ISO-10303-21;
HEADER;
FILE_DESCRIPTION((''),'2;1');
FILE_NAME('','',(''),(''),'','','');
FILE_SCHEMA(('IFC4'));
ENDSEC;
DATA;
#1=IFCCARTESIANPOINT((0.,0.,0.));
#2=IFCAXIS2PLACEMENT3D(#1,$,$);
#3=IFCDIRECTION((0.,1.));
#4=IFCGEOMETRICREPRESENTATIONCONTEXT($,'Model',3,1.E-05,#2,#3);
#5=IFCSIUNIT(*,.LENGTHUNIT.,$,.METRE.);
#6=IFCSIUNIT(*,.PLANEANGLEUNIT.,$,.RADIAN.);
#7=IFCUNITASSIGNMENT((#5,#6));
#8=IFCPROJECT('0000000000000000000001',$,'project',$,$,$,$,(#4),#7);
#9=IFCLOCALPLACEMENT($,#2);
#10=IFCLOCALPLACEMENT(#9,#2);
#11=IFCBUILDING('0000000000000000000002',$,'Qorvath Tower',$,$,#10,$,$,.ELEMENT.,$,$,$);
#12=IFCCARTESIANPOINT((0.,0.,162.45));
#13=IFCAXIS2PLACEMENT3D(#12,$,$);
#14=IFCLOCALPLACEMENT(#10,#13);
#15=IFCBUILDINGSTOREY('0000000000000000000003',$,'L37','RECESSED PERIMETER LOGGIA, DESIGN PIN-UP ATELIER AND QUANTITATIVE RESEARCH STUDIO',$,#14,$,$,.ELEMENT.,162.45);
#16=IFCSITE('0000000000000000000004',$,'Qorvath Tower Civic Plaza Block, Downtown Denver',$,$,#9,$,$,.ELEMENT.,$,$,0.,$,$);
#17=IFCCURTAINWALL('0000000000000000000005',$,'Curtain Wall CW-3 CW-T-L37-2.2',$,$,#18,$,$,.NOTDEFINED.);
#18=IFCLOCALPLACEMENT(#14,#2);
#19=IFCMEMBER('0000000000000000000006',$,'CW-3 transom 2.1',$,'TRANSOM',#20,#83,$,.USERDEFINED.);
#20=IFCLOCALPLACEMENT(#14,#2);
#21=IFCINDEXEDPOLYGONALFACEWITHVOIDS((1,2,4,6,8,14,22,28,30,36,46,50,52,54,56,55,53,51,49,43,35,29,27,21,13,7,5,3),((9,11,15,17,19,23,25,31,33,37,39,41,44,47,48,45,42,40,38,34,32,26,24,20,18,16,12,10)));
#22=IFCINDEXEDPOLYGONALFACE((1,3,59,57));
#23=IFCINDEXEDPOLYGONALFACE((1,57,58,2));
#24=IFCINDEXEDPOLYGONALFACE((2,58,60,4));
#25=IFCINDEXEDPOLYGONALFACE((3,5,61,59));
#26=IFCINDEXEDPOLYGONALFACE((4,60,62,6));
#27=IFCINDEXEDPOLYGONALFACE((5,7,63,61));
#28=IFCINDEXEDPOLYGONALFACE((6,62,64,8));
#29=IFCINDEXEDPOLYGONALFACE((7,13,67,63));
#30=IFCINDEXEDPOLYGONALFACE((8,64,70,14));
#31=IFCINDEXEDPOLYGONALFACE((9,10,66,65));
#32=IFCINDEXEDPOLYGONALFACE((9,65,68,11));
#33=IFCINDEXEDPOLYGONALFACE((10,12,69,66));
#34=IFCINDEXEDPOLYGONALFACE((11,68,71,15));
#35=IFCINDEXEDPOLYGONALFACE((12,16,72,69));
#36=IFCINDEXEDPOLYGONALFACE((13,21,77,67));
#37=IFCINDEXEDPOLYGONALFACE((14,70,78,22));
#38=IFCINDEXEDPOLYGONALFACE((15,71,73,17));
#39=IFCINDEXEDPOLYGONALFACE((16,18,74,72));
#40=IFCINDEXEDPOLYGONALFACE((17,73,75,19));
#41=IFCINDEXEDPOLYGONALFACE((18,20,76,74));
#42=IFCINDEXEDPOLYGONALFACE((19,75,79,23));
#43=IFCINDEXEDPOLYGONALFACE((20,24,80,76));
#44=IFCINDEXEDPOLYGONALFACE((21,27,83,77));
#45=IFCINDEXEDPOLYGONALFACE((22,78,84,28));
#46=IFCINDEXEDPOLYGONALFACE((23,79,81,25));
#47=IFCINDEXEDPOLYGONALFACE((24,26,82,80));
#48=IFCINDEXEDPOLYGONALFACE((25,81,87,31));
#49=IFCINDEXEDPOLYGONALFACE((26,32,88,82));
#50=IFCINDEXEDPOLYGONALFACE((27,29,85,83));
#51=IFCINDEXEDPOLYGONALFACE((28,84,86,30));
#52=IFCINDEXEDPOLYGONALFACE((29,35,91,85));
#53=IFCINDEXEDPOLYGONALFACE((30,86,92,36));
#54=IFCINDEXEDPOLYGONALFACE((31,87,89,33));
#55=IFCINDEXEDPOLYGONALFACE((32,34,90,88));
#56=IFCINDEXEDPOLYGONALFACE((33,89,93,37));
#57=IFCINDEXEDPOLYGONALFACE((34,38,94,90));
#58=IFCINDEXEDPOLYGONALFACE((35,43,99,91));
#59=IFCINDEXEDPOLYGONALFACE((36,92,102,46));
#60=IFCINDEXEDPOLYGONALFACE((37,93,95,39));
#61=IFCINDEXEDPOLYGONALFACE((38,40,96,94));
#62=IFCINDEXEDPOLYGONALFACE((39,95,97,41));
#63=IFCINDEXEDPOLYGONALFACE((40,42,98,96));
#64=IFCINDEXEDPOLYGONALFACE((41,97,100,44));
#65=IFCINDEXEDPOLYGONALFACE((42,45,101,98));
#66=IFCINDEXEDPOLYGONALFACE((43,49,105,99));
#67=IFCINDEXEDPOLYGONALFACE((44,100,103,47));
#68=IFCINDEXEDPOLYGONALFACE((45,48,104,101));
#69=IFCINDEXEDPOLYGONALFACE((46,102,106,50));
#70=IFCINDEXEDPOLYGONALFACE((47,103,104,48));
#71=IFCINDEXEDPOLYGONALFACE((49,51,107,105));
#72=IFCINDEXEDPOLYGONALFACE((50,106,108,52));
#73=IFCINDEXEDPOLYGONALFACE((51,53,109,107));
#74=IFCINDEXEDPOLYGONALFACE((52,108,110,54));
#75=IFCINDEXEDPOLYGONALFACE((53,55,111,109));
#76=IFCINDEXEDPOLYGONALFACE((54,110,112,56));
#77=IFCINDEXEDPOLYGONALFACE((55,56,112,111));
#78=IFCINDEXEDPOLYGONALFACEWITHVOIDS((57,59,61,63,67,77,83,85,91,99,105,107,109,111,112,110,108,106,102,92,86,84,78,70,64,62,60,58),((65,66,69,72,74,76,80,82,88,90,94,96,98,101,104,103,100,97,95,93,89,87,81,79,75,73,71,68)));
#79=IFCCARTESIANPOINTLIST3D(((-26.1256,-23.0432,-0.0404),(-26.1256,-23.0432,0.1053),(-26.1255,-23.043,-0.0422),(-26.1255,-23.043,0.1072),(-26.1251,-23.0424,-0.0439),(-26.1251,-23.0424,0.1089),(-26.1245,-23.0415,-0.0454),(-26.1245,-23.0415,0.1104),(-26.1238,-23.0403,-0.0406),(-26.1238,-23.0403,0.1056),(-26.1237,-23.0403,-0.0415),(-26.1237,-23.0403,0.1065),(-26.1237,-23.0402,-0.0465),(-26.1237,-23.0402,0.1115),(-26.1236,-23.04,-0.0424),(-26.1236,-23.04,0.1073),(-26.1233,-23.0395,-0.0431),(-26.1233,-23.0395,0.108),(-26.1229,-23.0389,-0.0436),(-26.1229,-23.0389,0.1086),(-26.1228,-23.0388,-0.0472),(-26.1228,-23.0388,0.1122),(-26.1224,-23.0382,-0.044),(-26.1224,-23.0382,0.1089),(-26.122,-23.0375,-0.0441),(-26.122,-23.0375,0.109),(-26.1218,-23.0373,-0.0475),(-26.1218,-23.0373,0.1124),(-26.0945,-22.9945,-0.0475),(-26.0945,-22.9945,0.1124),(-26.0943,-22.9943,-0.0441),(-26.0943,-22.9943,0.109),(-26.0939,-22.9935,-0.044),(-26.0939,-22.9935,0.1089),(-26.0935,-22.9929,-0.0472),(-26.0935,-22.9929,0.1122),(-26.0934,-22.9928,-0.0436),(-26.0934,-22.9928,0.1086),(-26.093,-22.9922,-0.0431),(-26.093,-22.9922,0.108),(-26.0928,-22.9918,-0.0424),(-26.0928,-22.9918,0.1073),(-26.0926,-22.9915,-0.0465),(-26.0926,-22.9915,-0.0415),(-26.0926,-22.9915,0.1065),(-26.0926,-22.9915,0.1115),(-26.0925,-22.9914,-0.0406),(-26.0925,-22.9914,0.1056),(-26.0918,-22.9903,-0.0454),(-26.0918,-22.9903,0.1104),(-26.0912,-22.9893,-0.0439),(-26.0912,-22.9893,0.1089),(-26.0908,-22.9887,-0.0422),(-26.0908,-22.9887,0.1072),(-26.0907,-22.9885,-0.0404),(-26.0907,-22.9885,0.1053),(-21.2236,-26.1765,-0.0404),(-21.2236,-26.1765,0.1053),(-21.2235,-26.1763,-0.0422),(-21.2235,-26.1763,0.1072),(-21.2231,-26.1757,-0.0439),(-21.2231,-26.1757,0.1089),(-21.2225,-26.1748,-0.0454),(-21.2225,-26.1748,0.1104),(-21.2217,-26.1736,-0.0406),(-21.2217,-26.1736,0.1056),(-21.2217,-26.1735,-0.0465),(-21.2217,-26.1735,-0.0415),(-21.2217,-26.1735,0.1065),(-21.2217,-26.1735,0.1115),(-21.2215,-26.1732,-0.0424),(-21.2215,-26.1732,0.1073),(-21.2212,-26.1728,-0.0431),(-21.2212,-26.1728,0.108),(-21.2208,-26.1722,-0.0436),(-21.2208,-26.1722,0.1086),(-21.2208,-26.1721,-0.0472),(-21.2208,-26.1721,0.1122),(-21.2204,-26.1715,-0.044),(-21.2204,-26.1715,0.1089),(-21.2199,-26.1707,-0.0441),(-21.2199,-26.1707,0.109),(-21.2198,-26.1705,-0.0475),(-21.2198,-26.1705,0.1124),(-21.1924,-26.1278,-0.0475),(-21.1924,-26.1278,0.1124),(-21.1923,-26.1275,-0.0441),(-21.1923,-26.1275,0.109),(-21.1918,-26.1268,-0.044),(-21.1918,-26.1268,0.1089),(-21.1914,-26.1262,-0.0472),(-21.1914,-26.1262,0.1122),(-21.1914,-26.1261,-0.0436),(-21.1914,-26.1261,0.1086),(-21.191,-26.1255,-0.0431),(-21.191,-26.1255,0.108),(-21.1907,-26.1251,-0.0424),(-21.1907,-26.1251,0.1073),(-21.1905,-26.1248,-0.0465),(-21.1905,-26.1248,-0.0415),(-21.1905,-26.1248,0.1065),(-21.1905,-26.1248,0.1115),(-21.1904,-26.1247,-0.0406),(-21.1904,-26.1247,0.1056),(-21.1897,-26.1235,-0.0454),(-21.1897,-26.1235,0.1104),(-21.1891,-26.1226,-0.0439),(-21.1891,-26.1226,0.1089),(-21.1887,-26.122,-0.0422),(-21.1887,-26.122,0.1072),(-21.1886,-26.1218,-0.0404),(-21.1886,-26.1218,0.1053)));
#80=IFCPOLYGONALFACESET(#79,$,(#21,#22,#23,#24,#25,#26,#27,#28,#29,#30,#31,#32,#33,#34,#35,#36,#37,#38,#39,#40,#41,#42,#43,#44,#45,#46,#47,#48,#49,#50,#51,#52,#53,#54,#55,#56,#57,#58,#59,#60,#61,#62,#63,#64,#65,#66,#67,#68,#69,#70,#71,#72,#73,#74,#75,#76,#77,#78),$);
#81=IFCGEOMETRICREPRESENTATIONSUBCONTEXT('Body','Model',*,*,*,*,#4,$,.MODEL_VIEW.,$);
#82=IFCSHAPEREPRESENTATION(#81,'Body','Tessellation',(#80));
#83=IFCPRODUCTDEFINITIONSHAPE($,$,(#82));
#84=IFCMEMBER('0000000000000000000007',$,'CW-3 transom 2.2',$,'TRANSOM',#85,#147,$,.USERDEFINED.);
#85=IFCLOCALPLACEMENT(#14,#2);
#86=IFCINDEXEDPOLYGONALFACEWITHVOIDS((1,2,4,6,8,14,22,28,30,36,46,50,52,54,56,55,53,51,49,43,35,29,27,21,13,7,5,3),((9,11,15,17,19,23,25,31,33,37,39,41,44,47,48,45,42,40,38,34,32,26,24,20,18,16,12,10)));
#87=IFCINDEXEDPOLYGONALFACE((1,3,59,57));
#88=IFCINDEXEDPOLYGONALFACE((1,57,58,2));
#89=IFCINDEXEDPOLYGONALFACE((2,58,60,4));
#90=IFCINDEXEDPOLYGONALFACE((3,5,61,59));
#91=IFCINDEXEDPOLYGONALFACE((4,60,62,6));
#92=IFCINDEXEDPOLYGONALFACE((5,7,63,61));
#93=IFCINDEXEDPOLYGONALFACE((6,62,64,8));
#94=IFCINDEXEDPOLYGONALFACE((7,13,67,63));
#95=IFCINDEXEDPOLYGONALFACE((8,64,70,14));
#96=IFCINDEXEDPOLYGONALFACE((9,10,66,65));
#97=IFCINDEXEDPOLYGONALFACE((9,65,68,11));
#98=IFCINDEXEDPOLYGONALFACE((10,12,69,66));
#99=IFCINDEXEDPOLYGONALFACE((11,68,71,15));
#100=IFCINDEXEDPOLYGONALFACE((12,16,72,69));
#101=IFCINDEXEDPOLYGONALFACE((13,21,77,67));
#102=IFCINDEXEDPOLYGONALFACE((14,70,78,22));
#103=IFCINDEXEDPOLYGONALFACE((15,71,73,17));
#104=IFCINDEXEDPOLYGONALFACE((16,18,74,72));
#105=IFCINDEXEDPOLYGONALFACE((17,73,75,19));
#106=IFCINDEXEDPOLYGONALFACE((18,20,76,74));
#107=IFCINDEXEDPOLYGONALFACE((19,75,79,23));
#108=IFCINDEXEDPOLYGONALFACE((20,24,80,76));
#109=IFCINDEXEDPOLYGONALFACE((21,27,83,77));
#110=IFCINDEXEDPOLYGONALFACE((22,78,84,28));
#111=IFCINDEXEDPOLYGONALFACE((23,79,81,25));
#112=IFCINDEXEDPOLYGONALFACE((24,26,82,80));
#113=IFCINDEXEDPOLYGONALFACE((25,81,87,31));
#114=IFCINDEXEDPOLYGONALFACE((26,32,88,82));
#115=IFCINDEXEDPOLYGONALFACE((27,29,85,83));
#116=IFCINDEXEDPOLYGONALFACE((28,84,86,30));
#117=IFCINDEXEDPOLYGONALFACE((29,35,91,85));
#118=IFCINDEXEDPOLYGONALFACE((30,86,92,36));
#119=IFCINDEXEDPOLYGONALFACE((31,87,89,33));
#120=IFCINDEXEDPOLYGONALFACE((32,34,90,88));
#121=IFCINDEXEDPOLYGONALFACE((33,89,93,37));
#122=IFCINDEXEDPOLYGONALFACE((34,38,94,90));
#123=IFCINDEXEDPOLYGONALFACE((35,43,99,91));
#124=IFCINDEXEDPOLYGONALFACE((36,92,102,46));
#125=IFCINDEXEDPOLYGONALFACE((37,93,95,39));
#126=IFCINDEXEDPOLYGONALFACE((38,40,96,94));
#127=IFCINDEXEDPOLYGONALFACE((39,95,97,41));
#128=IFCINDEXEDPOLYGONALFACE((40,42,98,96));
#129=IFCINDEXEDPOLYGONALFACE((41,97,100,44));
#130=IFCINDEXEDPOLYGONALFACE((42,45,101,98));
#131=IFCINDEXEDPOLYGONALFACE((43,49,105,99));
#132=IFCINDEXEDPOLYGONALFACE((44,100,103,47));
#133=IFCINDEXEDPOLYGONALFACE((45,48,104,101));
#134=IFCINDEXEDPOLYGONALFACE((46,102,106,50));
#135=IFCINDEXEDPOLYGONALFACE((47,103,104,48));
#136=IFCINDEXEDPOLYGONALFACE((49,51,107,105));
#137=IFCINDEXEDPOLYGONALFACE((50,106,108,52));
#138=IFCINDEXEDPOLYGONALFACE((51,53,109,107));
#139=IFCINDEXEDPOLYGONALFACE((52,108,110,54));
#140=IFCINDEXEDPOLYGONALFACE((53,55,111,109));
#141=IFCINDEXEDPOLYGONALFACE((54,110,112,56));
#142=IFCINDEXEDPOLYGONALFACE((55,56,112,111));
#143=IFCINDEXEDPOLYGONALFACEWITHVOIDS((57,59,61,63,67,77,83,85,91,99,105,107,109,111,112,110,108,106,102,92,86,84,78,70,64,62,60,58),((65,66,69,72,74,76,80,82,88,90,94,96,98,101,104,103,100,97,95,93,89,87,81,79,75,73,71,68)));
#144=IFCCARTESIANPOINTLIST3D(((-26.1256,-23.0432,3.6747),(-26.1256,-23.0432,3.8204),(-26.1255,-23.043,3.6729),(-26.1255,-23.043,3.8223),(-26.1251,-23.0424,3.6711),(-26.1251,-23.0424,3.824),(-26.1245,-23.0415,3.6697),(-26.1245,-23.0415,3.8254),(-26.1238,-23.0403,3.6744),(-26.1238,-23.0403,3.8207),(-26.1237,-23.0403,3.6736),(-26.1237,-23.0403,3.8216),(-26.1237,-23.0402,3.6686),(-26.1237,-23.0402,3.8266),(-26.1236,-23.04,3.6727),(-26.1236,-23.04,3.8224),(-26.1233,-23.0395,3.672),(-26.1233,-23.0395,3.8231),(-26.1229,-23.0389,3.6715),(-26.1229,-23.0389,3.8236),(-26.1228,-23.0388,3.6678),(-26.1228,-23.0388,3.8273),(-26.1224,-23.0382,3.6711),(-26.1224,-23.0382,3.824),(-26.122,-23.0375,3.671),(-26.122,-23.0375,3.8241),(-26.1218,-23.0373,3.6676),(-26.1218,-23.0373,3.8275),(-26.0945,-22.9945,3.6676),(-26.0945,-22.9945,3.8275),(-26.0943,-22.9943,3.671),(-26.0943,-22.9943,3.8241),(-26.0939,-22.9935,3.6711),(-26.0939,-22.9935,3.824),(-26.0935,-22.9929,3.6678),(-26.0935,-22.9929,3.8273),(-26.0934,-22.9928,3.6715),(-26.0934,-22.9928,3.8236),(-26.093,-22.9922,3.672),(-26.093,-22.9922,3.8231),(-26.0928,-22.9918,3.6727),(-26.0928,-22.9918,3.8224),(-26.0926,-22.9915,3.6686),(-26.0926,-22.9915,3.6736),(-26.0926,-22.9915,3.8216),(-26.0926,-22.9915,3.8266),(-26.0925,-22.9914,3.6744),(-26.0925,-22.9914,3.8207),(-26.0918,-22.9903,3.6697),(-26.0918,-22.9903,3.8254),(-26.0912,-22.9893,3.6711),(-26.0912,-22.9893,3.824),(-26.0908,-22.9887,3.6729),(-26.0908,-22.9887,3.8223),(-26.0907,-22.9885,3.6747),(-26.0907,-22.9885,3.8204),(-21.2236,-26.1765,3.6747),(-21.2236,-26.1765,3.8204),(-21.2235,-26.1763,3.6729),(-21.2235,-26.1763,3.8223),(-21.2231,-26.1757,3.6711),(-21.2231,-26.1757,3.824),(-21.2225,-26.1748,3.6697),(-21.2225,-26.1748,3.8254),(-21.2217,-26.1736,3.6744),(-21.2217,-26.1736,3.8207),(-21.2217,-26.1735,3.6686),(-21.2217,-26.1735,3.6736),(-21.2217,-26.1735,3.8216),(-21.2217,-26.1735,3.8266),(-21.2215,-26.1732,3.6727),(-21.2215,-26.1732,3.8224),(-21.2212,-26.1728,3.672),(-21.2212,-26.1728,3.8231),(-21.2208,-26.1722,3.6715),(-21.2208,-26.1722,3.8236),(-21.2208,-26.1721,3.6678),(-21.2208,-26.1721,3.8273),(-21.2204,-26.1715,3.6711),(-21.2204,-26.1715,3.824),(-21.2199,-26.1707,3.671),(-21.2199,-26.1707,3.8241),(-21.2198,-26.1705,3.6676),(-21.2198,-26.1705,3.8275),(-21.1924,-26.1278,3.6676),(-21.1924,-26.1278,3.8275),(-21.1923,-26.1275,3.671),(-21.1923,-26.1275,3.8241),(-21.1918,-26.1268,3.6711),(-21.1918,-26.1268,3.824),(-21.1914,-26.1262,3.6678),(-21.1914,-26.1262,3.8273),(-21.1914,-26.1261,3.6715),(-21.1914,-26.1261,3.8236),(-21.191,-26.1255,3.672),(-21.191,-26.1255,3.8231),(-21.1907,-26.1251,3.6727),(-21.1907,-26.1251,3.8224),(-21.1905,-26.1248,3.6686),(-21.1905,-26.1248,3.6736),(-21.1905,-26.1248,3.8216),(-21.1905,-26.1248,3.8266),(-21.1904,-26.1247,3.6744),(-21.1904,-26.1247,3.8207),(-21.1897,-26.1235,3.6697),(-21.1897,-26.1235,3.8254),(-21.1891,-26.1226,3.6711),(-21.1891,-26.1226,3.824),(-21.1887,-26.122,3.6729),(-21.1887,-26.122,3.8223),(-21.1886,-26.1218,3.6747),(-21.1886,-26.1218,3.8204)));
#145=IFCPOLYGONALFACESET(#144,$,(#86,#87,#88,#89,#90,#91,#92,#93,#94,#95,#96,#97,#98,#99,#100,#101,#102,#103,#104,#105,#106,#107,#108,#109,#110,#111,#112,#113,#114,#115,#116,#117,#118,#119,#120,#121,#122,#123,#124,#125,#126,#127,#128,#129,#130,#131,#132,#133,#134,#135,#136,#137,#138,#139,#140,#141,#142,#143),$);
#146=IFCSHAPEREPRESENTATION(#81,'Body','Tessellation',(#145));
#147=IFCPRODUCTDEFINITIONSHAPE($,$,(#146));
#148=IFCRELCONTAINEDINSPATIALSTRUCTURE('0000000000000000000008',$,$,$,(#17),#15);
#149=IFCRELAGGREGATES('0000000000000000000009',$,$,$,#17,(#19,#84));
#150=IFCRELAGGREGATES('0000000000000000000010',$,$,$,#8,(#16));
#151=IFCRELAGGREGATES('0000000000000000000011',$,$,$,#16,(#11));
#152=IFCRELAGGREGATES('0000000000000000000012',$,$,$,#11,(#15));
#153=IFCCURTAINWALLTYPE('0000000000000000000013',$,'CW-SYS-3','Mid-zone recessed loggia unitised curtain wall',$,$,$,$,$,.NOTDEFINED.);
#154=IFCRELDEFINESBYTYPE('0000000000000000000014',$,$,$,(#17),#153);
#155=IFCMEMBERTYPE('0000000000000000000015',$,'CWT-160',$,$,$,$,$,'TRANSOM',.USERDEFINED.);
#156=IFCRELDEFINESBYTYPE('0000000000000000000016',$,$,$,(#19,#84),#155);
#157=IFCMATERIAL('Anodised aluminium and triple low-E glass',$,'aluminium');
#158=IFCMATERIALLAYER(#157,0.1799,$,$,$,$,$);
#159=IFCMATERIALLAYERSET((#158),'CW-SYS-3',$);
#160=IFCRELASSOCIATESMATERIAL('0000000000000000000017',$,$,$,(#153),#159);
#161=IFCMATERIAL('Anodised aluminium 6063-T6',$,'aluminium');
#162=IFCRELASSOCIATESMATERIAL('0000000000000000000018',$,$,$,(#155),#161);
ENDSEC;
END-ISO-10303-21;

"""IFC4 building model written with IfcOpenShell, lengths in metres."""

from ifc_helpers import new_model, si_unit, direction, frame, origin, origin_2d, place, context, subcontext, project, spatial, hollow_rectangle, extrude, material, layer, layer_set, material_profile, profile_set, type_object, element, aggregate, save


model = new_model("IFC4")

# Units and contexts
model_context = context("Model", 3, precision=1e-05, world=origin(), true_north=direction((0.0, 1.0)))
body_context = subcontext(model_context, "Body", "Model", "MODEL_VIEW")
ifc_project = project(units=[si_unit("LENGTHUNIT", "METRE"), si_unit("PLANEANGLEUNIT", "RADIAN")], contexts=[model_context])

# Site, building, storey
site_placement = place(None, origin())
site = spatial("IfcSite", under=ifc_project, at=site_placement, Name="Qorvath Tower Civic Plaza Block, Downtown Denver", CompositionType="ELEMENT", RefElevation=0.0)
building_placement = place(site_placement, origin())
building = spatial("IfcBuilding", under=site, at=building_placement, Name="Qorvath Tower", CompositionType="ELEMENT")
storey_placement = place(building_placement, frame((0.0, 0.0, 162.45)))
storey = spatial("IfcBuildingStorey", under=building, at=storey_placement, Name="L37", Description="RECESSED PERIMETER LOGGIA, DESIGN PIN-UP ATELIER AND QUANTITATIVE RESEARCH STUDIO", CompositionType="ELEMENT", Elevation=162.45)

# Curtain wall, members
ifc_material_1 = material(Name="Anodised aluminium and triple low-E glass", Category="aluminium")
ifc_layer_1 = layer(ifc_material_1, 0.1799)
ifc_layer_set_1 = layer_set([ifc_layer_1], Name="CW-SYS-3")
curtain_wall_type = type_object("IfcCurtainWallType", Name="CW-SYS-3", Description="Mid-zone recessed loggia unitised curtain wall", PredefinedType="NOTDEFINED", material=ifc_layer_set_1)
curtain_wall_placement = place(storey_placement, origin())
curtain_wall = element("IfcCurtainWall", 1, at=curtain_wall_placement, inside=storey, type_object=curtain_wall_type, Name="Curtain Wall CW-3 CW-T-L37-2.2", PredefinedType="NOTDEFINED")
ifc_material_2 = material(Name="Anodised aluminium 6063-T6", Category="aluminium")
ifc_material_profile_1 = material_profile(ifc_material_2, hollow_rectangle(XDim=0.0649, YDim=0.1599, WallThickness=0.0034, InnerFilletRadius=0.0034, OuterFilletRadius=0.0071, at=origin_2d()), Name="CWT 160x65")
ifc_profile_set_1 = profile_set([ifc_material_profile_1], Name="Anodised aluminium 6063-T6")
member_type_1 = type_object("IfcMemberType", Name="CWT-160", ElementType="TRANSOM", PredefinedType="USERDEFINED", material=ifc_profile_set_1)
member_1_placement = place(storey_placement, frame((-26.1082, -23.0159, 0.0325), z_axis=(0.842587, -0.538561, 0.0), x_axis=(0.538561, 0.842587, 0.0)))
member_1 = element("IfcMember", 2, at=member_1_placement, type_object=member_type_1, Name="CW-3 transom 2.1", ObjectType="TRANSOM", PredefinedType="USERDEFINED", context=body_context, shape_type="SweptSolid", body=[
    extrude(hollow_rectangle(XDim=0.0649, YDim=0.1599, WallThickness=0.0034, InnerFilletRadius=0.0034, OuterFilletRadius=0.0071, at=origin_2d()), origin(), (0.0, 0.0, 1.0), 5.8179),
])
member_2_placement = place(storey_placement, frame((-26.1082, -23.0159, 3.7476), z_axis=(0.842587, -0.538561, 0.0), x_axis=(0.538561, 0.842587, 0.0)))
member_2 = element("IfcMember", 3, at=member_2_placement, type_object=member_type_1, Name="CW-3 transom 2.2", ObjectType="TRANSOM", PredefinedType="USERDEFINED", context=body_context, shape_type="SweptSolid", body=[
    extrude(hollow_rectangle(XDim=0.0649, YDim=0.1599, WallThickness=0.0034, InnerFilletRadius=0.0034, OuterFilletRadius=0.0071, at=origin_2d()), origin(), (0.0, 0.0, 1.0), 5.8179),
])
aggregate(curtain_wall, [member_1, member_2])

save(model, "model.ifc")
